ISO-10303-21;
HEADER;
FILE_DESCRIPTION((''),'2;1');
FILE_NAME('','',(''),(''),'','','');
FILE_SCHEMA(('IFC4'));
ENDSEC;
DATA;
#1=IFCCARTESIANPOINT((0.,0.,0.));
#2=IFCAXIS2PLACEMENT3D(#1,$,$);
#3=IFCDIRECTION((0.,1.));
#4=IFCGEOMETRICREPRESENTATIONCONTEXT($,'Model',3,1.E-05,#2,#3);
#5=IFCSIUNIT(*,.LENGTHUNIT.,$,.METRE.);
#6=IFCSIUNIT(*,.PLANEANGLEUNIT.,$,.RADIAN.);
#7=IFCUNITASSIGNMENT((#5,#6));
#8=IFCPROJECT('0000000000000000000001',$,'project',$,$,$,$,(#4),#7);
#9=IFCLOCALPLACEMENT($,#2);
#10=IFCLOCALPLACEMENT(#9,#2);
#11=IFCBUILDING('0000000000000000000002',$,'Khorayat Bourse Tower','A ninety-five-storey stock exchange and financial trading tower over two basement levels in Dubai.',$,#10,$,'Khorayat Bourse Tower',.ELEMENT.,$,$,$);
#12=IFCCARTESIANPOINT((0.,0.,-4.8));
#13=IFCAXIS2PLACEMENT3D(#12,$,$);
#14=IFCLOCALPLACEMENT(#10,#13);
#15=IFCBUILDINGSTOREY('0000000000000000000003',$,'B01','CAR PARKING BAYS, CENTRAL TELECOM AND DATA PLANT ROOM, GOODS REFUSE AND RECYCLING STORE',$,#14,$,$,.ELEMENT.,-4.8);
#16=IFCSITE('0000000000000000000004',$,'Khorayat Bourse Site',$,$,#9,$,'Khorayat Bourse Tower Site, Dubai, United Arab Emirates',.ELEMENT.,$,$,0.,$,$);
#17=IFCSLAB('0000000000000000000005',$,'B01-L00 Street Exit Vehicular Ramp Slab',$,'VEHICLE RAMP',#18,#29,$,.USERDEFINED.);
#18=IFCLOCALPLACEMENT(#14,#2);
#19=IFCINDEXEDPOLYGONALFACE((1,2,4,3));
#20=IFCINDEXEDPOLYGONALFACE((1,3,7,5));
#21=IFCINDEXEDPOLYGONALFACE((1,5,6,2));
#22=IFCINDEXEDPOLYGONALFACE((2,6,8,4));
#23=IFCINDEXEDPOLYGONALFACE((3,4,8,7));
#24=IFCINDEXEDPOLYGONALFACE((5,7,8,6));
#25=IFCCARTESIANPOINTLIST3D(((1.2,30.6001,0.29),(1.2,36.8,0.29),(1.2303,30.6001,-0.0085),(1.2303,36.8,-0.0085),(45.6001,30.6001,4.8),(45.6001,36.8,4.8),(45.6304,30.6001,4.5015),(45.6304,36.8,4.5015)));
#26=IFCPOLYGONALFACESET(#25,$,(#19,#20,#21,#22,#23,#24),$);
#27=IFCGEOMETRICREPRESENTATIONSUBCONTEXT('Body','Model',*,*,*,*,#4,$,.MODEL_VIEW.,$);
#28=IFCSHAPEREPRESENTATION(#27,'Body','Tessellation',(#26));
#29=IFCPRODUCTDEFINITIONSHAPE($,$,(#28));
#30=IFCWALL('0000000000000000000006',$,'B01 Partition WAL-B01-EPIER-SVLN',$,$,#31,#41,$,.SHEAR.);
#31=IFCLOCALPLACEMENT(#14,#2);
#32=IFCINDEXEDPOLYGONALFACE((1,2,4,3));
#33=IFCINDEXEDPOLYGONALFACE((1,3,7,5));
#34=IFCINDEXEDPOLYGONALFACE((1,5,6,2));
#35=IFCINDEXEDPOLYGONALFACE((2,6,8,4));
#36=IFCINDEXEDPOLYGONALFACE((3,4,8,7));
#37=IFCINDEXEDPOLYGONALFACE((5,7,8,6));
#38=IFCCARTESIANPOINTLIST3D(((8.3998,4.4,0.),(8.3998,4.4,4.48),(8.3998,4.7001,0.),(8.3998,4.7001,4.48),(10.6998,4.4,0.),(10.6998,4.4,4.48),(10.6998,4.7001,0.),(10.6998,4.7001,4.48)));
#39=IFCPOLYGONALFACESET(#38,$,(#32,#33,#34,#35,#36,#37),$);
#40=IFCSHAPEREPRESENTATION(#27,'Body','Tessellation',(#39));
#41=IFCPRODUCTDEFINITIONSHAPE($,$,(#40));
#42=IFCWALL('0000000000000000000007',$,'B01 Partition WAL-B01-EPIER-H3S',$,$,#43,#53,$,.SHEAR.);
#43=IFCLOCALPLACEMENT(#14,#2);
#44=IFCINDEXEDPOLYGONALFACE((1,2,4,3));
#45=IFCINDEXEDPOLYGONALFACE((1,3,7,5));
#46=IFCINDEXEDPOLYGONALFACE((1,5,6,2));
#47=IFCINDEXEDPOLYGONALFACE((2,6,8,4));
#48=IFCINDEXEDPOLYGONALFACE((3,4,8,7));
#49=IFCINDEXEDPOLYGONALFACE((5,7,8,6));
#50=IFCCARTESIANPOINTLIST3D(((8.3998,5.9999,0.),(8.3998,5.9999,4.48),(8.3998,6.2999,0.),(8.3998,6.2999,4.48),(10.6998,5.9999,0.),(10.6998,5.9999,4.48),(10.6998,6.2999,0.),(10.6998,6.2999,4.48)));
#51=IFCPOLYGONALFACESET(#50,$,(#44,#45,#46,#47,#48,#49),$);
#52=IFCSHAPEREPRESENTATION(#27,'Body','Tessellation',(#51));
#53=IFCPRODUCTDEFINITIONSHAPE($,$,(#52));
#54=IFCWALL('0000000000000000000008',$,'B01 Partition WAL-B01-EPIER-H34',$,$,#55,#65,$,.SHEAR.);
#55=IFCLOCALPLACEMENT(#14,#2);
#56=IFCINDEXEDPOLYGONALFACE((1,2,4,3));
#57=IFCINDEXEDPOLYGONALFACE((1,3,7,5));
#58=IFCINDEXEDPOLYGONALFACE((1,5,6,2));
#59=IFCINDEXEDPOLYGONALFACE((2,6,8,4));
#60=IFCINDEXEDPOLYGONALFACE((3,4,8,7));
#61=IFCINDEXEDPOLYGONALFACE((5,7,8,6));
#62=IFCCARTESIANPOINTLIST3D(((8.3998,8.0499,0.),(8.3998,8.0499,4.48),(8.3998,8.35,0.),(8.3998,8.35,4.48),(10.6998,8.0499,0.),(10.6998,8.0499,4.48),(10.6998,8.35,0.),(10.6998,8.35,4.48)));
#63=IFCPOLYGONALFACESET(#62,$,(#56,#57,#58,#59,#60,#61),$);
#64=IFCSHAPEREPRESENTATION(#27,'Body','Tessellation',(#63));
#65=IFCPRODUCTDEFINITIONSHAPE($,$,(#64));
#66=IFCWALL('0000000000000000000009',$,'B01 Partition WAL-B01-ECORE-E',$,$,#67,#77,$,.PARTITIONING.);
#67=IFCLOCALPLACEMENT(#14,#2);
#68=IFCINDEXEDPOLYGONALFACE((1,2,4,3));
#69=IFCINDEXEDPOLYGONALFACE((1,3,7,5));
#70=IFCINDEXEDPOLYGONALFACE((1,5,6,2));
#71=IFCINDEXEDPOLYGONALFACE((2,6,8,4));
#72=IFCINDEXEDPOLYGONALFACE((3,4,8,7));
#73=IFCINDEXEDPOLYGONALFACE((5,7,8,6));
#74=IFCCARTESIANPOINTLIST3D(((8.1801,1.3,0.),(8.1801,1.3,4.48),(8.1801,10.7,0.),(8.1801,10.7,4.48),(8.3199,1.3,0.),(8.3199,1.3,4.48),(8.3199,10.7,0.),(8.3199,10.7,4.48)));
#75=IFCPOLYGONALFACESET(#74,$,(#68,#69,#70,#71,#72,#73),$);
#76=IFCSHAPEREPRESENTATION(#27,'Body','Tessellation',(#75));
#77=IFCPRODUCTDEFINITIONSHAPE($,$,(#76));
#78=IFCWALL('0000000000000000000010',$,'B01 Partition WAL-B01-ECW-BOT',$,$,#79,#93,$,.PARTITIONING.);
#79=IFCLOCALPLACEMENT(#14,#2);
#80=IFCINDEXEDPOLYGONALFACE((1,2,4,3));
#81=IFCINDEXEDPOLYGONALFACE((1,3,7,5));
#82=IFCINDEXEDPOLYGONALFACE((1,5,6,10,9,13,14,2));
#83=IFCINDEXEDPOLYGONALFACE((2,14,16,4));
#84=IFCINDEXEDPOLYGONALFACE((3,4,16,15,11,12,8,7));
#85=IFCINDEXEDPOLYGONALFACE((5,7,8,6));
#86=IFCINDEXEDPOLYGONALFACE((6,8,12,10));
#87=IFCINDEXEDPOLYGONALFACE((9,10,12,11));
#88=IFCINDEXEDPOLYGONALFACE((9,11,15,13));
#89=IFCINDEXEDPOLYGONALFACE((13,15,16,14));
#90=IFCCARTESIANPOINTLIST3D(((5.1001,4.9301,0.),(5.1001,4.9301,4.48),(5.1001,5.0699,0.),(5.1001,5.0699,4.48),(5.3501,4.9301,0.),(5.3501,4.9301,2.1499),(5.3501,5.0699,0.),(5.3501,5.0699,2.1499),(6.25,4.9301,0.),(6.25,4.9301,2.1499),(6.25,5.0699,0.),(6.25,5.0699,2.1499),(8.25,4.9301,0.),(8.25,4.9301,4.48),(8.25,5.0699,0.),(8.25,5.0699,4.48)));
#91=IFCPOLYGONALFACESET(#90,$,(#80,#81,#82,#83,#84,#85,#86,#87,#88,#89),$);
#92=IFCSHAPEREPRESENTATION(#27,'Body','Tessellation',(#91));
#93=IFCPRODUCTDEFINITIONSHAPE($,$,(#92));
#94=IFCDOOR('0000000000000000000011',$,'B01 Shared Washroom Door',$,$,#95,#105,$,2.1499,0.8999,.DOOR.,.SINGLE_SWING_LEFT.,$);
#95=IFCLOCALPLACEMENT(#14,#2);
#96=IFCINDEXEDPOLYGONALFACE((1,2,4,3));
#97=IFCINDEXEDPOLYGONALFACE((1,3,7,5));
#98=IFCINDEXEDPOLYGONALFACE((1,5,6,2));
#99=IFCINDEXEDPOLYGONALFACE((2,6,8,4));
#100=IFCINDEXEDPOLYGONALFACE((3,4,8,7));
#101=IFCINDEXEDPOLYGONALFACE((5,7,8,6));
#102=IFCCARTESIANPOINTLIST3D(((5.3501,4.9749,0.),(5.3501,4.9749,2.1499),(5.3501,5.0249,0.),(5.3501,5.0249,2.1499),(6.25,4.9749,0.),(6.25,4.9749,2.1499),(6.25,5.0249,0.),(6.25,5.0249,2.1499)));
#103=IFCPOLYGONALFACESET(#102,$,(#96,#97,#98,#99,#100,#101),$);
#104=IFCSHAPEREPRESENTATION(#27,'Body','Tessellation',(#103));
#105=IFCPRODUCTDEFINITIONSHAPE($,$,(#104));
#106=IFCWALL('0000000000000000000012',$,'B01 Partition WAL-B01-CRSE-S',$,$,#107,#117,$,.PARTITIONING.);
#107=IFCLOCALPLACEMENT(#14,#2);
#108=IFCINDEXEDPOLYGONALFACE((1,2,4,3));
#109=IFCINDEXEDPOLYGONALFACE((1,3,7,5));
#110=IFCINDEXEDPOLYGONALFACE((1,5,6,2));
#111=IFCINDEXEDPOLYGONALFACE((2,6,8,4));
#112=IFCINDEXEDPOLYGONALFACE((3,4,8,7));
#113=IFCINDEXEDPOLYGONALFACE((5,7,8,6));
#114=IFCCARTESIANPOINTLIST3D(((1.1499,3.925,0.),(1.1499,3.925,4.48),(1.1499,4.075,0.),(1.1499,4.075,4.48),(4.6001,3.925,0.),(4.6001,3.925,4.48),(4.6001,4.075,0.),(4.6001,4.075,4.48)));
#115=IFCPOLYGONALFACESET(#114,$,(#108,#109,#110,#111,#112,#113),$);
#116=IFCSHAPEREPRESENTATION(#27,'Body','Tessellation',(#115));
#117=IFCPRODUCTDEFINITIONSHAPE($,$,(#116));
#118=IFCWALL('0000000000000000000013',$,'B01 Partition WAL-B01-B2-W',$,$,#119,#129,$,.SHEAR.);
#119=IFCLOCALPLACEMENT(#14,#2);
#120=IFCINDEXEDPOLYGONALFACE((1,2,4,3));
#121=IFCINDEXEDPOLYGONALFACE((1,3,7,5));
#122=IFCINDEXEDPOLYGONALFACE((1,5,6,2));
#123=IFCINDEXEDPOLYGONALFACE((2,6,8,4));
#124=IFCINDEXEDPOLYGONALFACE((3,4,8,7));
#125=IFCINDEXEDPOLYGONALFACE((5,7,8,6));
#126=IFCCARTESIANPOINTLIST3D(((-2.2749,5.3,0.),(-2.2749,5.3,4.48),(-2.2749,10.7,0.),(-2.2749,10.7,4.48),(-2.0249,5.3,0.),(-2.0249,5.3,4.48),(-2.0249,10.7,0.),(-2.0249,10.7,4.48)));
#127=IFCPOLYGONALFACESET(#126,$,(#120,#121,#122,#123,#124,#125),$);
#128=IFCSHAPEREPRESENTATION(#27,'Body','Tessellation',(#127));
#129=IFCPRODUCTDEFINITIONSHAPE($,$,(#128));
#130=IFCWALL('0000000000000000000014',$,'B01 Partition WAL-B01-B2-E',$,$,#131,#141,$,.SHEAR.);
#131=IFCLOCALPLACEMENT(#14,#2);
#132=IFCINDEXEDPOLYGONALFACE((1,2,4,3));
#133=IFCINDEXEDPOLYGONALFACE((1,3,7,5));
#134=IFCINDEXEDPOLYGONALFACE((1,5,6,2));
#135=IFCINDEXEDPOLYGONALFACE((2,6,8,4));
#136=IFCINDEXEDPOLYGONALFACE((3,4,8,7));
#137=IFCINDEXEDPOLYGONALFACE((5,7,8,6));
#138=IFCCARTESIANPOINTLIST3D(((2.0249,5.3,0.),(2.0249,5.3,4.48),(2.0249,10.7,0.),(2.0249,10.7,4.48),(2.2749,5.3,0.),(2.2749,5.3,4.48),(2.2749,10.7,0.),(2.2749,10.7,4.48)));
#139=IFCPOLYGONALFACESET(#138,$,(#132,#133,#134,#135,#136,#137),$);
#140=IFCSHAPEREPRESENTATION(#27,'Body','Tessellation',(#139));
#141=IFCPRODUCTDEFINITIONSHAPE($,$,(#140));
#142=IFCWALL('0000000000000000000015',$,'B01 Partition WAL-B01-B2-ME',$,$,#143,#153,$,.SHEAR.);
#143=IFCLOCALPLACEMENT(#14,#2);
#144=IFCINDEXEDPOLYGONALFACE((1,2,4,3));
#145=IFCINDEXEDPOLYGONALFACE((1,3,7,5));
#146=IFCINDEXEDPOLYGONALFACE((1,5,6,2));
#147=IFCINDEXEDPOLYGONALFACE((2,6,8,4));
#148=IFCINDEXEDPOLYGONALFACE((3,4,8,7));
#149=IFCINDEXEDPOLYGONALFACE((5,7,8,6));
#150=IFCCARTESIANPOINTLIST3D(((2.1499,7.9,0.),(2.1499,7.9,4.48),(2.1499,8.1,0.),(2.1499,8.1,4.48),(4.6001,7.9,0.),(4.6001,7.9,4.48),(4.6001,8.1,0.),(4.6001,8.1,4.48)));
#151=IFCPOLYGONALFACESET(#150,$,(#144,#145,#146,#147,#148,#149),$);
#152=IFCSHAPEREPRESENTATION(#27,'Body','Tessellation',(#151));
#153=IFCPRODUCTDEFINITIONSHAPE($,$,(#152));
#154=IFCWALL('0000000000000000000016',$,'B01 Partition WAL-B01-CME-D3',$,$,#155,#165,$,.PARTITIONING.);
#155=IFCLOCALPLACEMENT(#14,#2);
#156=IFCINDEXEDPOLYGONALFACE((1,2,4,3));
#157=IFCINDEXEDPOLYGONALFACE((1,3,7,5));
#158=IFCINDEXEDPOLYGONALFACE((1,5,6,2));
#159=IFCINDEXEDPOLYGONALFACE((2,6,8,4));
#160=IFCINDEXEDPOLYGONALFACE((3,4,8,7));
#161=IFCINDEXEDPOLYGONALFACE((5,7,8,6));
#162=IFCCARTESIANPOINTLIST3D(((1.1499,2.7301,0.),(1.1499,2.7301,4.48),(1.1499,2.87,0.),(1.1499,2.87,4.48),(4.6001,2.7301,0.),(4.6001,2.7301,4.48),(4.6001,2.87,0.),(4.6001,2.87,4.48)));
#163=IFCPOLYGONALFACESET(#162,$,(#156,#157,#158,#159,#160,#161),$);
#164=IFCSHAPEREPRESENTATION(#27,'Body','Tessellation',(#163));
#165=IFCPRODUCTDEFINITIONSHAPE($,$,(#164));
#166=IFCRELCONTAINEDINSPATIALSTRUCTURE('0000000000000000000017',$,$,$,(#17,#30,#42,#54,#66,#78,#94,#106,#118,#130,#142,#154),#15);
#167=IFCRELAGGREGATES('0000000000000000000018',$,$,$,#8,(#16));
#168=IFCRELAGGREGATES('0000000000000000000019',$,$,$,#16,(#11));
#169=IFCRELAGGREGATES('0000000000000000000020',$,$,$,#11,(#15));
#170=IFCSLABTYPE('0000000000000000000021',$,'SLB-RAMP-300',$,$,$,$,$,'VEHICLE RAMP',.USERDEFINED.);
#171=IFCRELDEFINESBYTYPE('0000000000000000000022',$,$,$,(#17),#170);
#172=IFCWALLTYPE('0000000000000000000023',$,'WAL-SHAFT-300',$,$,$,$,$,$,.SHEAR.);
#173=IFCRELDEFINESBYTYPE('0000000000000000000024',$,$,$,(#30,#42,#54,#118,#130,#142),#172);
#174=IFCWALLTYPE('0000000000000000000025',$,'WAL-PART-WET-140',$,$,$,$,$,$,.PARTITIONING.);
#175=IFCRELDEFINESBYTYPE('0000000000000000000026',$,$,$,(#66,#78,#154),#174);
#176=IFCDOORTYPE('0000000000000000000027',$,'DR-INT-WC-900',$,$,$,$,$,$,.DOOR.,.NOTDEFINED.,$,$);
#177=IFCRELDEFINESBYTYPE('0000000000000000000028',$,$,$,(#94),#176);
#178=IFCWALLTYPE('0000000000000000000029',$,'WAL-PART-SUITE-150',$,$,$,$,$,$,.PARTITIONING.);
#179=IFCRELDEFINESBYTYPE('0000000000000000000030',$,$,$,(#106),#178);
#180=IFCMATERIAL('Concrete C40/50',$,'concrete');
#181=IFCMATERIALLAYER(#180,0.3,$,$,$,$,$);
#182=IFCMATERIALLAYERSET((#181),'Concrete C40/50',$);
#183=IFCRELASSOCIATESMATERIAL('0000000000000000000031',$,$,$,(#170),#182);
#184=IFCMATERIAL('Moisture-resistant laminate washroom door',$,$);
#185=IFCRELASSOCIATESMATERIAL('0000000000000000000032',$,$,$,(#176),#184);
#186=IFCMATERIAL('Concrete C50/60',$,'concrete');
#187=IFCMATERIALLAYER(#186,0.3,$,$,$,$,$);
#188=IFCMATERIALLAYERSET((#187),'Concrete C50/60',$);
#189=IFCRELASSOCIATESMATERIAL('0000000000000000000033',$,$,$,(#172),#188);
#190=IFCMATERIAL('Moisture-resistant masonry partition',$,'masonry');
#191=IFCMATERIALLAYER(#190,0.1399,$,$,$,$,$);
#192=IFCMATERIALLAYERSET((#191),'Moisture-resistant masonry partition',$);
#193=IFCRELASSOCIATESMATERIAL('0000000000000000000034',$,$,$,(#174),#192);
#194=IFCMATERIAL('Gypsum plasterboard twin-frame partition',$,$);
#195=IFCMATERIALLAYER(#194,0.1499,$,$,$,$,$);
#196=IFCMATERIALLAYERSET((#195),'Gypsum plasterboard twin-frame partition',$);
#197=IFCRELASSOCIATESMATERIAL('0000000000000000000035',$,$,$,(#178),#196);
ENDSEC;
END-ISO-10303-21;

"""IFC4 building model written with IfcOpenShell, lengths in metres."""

from ifc_helpers import new_model, si_unit, direction, frame, frame_2d, origin, place, context, subcontext, project, spatial, polyline, rectangle, outline, extrude, source, transform, mapped, material, layer, layer_set, type_object, element, fill, save


model = new_model("IFC4")

# Units and contexts
model_context = context("Model", 3, precision=1e-05, world=origin(), true_north=direction((0.0, 1.0)))
body_context = subcontext(model_context, "Body", "Model", "MODEL_VIEW")
ifc_project = project(units=[si_unit("LENGTHUNIT", "METRE"), si_unit("PLANEANGLEUNIT", "RADIAN")], contexts=[model_context])

# Site, building, storey
site_placement = place(None, origin())
site = spatial("IfcSite", under=ifc_project, at=site_placement, Name="Khorayat Bourse Site", LongName="Khorayat Bourse Tower Site, Dubai, United Arab Emirates", CompositionType="ELEMENT", RefElevation=0.0)
building_placement = place(site_placement, origin())
building = spatial("IfcBuilding", under=site, at=building_placement, Name="Khorayat Bourse Tower", Description="A ninety-five-storey stock exchange and financial trading tower over two basement levels in Dubai.", LongName="Khorayat Bourse Tower", CompositionType="ELEMENT")
storey_placement = place(building_placement, frame((0.0, 0.0, -4.8)))
storey = spatial("IfcBuildingStorey", under=building, at=storey_placement, Name="B01", Description="CAR PARKING BAYS, CENTRAL TELECOM AND DATA PLANT ROOM, GOODS REFUSE AND RECYCLING STORE", CompositionType="ELEMENT", Elevation=-4.8)

# Slab
ifc_material_1 = material(Name="Concrete C40/50", Category="concrete")
ifc_layer_1 = layer(ifc_material_1, 0.3)
ifc_layer_set_1 = layer_set([ifc_layer_1], Name="Concrete C40/50")
slab_type = type_object("IfcSlabType", Name="SLB-RAMP-300", ElementType="VEHICLE RAMP", PredefinedType="USERDEFINED", material=ifc_layer_set_1)
slab_placement = place(storey_placement, frame((1.2, 30.6001, 0.29), z_axis=(-0.101056, 0.0, 0.994881), x_axis=(0.994881, 0.0, 0.101056)))
element("IfcSlab", 1, at=slab_placement, inside=storey, type_object=slab_type, Name="B01-L00 Street Exit Vehicular Ramp Slab", ObjectType="VEHICLE RAMP", PredefinedType="USERDEFINED", context=body_context, shape_type="SweptSolid", body=[
    extrude(outline(polyline([(0.0, 0.0), (44.6286, 0.0), (44.6286, 6.2), (0.0, 6.2), (0.0, 0.0)])), origin(), (0.0, 0.0, -1.0), 0.3),
])

# Shared definitions
ifc_material_2 = material(Name="Moisture-resistant laminate washroom door")
door_type = type_object("IfcDoorType", Name="DR-INT-WC-900", OperationType="NOTDEFINED", PredefinedType="DOOR", material=ifc_material_2)
shared_shape_1 = source(origin(), body_context, "Body", "SweptSolid", [
    extrude(rectangle(XDim=0.8999, YDim=2.1499, at=frame_2d((0.45, 1.075))), frame((0.0, 0.0249, 0.0), z_axis=(0.0, -1.0, 0.0), x_axis=(1.0, 0.0, 0.0)), (0.0, 0.0, 1.0), 0.05),
])

# Walls
ifc_material_3 = material(Name="Concrete C50/60", Category="concrete")
ifc_layer_2 = layer(ifc_material_3, 0.3)
ifc_layer_set_2 = layer_set([ifc_layer_2], Name="Concrete C50/60")
wall_type_1 = type_object("IfcWallType", Name="WAL-SHAFT-300", PredefinedType="SHEAR", material=ifc_layer_set_2)
shared_shape_2 = source(origin(), body_context, "Body", "SweptSolid", [
    extrude(rectangle(XDim=2.3, YDim=0.3, at=frame_2d((1.1499, 0.0))), origin(), (0.0, 0.0, 1.0), 4.48),
])
for number, where, z_axis, x_axis, name in (
    (2, (8.3999, 4.55, 0.0), (0.0, 0.0, 1.0), (1.0, 0.0, 0.0), "B01 Partition WAL-B01-EPIER-SVLN"),
    (3, (8.3999, 6.1499, 0.0), (0.0, 0.0, 1.0), (1.0, 0.0, 0.0), "B01 Partition WAL-B01-EPIER-H3S"),
    (4, (8.3999, 8.2, 0.0), (0.0, 0.0, 1.0), (1.0, 0.0, 0.0), "B01 Partition WAL-B01-EPIER-H34"),
):
    element("IfcWall", number, at=place(storey_placement, frame(where, z_axis=z_axis, x_axis=x_axis)), inside=storey, type_object=wall_type_1, Name=name, PredefinedType="SHEAR", context=body_context, shape_type="MappedRepresentation", body=[
        mapped(shared_shape_2, transform((0.0, 0.0, 0.0), scale=1.0)),
    ])
ifc_material_4 = material(Name="Moisture-resistant masonry partition", Category="masonry")
ifc_layer_3 = layer(ifc_material_4, 0.1399)
ifc_layer_set_3 = layer_set([ifc_layer_3], Name="Moisture-resistant masonry partition")
wall_type_2 = type_object("IfcWallType", Name="WAL-PART-WET-140", PredefinedType="PARTITIONING", material=ifc_layer_set_3)
shared_shape_3 = source(origin(), body_context, "Body", "SweptSolid", [
    extrude(rectangle(XDim=9.3999, YDim=0.1399, at=frame_2d((4.7, 0.0))), origin(), (0.0, 0.0, 1.0), 4.48),
])
wall_1_placement = place(storey_placement, frame((8.25, 1.3, 0.0), z_axis=(0.0, 0.0, 1.0), x_axis=(0.0, 1.0, 0.0)))
element("IfcWall", 5, at=wall_1_placement, inside=storey, type_object=wall_type_2, Name="B01 Partition WAL-B01-ECORE-E", PredefinedType="PARTITIONING", context=body_context, shape_type="MappedRepresentation", body=[
    mapped(shared_shape_3, transform((0.0, 0.0, 0.0), scale=1.0)),
])

# Wall, opening, door
shared_shape_4 = source(origin(), body_context, "Body", "SweptSolid", [
    extrude(rectangle(XDim=3.1499, YDim=0.1399, at=frame_2d((1.575, 0.0))), origin(), (0.0, 0.0, 1.0), 4.48),
])
wall_2_placement = place(storey_placement, frame((5.1001, 5.0, 0.0), z_axis=(0.0, 0.0, 1.0), x_axis=(1.0, 0.0, 0.0)))
wall_2 = element("IfcWall", 6, at=wall_2_placement, inside=storey, type_object=wall_type_2, Name="B01 Partition WAL-B01-ECW-BOT", PredefinedType="PARTITIONING", context=body_context, shape_type="MappedRepresentation", body=[
    mapped(shared_shape_4, transform((0.0, 0.0, 0.0), scale=1.0)),
])
shared_shape_5 = source(origin(), body_context, "Body", "SweptSolid", [
    extrude(rectangle(XDim=0.8999, YDim=2.1499, at=frame_2d((0.45, 1.075))), frame((0.0, 0.0798, 0.0), z_axis=(0.0, -1.0, 0.0), x_axis=(1.0, 0.0, 0.0)), (0.0, 0.0, 1.0), 0.1599),
])
opening_1_placement = place(wall_2_placement, frame((0.25, 0.0, 0.0)))
opening_1 = element("IfcOpeningElement", 7, at=opening_1_placement, cuts=wall_2, PredefinedType="OPENING", context=body_context, shape_type="MappedRepresentation", body=[
    mapped(shared_shape_5, transform((0.0, 0.0, 0.0), scale=1.0)),
])
door_1_placement = place(opening_1_placement, origin())
door_1 = element("IfcDoor", 8, at=door_1_placement, inside=storey, type_object=door_type, Name="B01 Shared Washroom Door", OperationType="SINGLE_SWING_LEFT", OverallHeight=2.1499, OverallWidth=0.8999, PredefinedType="DOOR", context=body_context, shape_type="MappedRepresentation", body=[
    mapped(shared_shape_1, transform((0.0, 0.0, 0.0), scale=1.0)),
])
fill(opening_1, door_1)

# Walls
ifc_material_5 = material(Name="Gypsum plasterboard twin-frame partition")
ifc_layer_4 = layer(ifc_material_5, 0.1499)
ifc_layer_set_4 = layer_set([ifc_layer_4], Name="Gypsum plasterboard twin-frame partition")
wall_type_3 = type_object("IfcWallType", Name="WAL-PART-SUITE-150", PredefinedType="PARTITIONING", material=ifc_layer_set_4)
shared_shape_6 = source(origin(), body_context, "Body", "SweptSolid", [
    extrude(rectangle(XDim=3.4502, YDim=0.1499, at=frame_2d((1.7251, 0.0))), origin(), (0.0, 0.0, 1.0), 4.48),
])
wall_3_placement = place(storey_placement, frame((1.1499, 4.0, 0.0), z_axis=(0.0, 0.0, 1.0), x_axis=(1.0, 0.0, 0.0)))
element("IfcWall", 9, at=wall_3_placement, inside=storey, type_object=wall_type_3, Name="B01 Partition WAL-B01-CRSE-S", PredefinedType="PARTITIONING", context=body_context, shape_type="MappedRepresentation", body=[
    mapped(shared_shape_6, transform((0.0, 0.0, 0.0), scale=1.0)),
])
shared_shape_7 = source(origin(), body_context, "Body", "SweptSolid", [
    extrude(rectangle(XDim=5.3999, YDim=0.25, at=frame_2d((2.7, 0.0))), origin(), (0.0, 0.0, 1.0), 4.48),
])
for number, where, z_axis, x_axis, name in (
    (10, (-2.1499, 5.3, 0.0), (0.0, 0.0, 1.0), (0.0, 1.0, 0.0), "B01 Partition WAL-B01-B2-W"),
    (11, (2.1499, 5.3, 0.0), (0.0, 0.0, 1.0), (0.0, 1.0, 0.0), "B01 Partition WAL-B01-B2-E"),
):
    element("IfcWall", number, at=place(storey_placement, frame(where, z_axis=z_axis, x_axis=x_axis)), inside=storey, type_object=wall_type_1, Name=name, PredefinedType="SHEAR", context=body_context, shape_type="MappedRepresentation", body=[
        mapped(shared_shape_7, transform((0.0, 0.0, 0.0), scale=1.0)),
    ])
shared_shape_8 = source(origin(), body_context, "Body", "SweptSolid", [
    extrude(rectangle(XDim=2.4502, YDim=0.2, at=frame_2d((1.2251, 0.0))), origin(), (0.0, 0.0, 1.0), 4.48),
])
wall_4_placement = place(storey_placement, frame((2.1499, 8.0, 0.0), z_axis=(0.0, 0.0, 1.0), x_axis=(1.0, 0.0, 0.0)))
element("IfcWall", 12, at=wall_4_placement, inside=storey, type_object=wall_type_1, Name="B01 Partition WAL-B01-B2-ME", PredefinedType="SHEAR", context=body_context, shape_type="MappedRepresentation", body=[
    mapped(shared_shape_8, transform((0.0, 0.0, 0.0), scale=1.0)),
])
shared_shape_9 = source(origin(), body_context, "Body", "SweptSolid", [
    extrude(rectangle(XDim=3.4502, YDim=0.1399, at=frame_2d((1.7251, 0.0))), origin(), (0.0, 0.0, 1.0), 4.48),
])
wall_5_placement = place(storey_placement, frame((1.1499, 2.8, 0.0), z_axis=(0.0, 0.0, 1.0), x_axis=(1.0, 0.0, 0.0)))
element("IfcWall", 13, at=wall_5_placement, inside=storey, type_object=wall_type_2, Name="B01 Partition WAL-B01-CME-D3", PredefinedType="PARTITIONING", context=body_context, shape_type="MappedRepresentation", body=[
    mapped(shared_shape_9, transform((0.0, 0.0, 0.0), scale=1.0)),
])

save(model, "model.ifc")
